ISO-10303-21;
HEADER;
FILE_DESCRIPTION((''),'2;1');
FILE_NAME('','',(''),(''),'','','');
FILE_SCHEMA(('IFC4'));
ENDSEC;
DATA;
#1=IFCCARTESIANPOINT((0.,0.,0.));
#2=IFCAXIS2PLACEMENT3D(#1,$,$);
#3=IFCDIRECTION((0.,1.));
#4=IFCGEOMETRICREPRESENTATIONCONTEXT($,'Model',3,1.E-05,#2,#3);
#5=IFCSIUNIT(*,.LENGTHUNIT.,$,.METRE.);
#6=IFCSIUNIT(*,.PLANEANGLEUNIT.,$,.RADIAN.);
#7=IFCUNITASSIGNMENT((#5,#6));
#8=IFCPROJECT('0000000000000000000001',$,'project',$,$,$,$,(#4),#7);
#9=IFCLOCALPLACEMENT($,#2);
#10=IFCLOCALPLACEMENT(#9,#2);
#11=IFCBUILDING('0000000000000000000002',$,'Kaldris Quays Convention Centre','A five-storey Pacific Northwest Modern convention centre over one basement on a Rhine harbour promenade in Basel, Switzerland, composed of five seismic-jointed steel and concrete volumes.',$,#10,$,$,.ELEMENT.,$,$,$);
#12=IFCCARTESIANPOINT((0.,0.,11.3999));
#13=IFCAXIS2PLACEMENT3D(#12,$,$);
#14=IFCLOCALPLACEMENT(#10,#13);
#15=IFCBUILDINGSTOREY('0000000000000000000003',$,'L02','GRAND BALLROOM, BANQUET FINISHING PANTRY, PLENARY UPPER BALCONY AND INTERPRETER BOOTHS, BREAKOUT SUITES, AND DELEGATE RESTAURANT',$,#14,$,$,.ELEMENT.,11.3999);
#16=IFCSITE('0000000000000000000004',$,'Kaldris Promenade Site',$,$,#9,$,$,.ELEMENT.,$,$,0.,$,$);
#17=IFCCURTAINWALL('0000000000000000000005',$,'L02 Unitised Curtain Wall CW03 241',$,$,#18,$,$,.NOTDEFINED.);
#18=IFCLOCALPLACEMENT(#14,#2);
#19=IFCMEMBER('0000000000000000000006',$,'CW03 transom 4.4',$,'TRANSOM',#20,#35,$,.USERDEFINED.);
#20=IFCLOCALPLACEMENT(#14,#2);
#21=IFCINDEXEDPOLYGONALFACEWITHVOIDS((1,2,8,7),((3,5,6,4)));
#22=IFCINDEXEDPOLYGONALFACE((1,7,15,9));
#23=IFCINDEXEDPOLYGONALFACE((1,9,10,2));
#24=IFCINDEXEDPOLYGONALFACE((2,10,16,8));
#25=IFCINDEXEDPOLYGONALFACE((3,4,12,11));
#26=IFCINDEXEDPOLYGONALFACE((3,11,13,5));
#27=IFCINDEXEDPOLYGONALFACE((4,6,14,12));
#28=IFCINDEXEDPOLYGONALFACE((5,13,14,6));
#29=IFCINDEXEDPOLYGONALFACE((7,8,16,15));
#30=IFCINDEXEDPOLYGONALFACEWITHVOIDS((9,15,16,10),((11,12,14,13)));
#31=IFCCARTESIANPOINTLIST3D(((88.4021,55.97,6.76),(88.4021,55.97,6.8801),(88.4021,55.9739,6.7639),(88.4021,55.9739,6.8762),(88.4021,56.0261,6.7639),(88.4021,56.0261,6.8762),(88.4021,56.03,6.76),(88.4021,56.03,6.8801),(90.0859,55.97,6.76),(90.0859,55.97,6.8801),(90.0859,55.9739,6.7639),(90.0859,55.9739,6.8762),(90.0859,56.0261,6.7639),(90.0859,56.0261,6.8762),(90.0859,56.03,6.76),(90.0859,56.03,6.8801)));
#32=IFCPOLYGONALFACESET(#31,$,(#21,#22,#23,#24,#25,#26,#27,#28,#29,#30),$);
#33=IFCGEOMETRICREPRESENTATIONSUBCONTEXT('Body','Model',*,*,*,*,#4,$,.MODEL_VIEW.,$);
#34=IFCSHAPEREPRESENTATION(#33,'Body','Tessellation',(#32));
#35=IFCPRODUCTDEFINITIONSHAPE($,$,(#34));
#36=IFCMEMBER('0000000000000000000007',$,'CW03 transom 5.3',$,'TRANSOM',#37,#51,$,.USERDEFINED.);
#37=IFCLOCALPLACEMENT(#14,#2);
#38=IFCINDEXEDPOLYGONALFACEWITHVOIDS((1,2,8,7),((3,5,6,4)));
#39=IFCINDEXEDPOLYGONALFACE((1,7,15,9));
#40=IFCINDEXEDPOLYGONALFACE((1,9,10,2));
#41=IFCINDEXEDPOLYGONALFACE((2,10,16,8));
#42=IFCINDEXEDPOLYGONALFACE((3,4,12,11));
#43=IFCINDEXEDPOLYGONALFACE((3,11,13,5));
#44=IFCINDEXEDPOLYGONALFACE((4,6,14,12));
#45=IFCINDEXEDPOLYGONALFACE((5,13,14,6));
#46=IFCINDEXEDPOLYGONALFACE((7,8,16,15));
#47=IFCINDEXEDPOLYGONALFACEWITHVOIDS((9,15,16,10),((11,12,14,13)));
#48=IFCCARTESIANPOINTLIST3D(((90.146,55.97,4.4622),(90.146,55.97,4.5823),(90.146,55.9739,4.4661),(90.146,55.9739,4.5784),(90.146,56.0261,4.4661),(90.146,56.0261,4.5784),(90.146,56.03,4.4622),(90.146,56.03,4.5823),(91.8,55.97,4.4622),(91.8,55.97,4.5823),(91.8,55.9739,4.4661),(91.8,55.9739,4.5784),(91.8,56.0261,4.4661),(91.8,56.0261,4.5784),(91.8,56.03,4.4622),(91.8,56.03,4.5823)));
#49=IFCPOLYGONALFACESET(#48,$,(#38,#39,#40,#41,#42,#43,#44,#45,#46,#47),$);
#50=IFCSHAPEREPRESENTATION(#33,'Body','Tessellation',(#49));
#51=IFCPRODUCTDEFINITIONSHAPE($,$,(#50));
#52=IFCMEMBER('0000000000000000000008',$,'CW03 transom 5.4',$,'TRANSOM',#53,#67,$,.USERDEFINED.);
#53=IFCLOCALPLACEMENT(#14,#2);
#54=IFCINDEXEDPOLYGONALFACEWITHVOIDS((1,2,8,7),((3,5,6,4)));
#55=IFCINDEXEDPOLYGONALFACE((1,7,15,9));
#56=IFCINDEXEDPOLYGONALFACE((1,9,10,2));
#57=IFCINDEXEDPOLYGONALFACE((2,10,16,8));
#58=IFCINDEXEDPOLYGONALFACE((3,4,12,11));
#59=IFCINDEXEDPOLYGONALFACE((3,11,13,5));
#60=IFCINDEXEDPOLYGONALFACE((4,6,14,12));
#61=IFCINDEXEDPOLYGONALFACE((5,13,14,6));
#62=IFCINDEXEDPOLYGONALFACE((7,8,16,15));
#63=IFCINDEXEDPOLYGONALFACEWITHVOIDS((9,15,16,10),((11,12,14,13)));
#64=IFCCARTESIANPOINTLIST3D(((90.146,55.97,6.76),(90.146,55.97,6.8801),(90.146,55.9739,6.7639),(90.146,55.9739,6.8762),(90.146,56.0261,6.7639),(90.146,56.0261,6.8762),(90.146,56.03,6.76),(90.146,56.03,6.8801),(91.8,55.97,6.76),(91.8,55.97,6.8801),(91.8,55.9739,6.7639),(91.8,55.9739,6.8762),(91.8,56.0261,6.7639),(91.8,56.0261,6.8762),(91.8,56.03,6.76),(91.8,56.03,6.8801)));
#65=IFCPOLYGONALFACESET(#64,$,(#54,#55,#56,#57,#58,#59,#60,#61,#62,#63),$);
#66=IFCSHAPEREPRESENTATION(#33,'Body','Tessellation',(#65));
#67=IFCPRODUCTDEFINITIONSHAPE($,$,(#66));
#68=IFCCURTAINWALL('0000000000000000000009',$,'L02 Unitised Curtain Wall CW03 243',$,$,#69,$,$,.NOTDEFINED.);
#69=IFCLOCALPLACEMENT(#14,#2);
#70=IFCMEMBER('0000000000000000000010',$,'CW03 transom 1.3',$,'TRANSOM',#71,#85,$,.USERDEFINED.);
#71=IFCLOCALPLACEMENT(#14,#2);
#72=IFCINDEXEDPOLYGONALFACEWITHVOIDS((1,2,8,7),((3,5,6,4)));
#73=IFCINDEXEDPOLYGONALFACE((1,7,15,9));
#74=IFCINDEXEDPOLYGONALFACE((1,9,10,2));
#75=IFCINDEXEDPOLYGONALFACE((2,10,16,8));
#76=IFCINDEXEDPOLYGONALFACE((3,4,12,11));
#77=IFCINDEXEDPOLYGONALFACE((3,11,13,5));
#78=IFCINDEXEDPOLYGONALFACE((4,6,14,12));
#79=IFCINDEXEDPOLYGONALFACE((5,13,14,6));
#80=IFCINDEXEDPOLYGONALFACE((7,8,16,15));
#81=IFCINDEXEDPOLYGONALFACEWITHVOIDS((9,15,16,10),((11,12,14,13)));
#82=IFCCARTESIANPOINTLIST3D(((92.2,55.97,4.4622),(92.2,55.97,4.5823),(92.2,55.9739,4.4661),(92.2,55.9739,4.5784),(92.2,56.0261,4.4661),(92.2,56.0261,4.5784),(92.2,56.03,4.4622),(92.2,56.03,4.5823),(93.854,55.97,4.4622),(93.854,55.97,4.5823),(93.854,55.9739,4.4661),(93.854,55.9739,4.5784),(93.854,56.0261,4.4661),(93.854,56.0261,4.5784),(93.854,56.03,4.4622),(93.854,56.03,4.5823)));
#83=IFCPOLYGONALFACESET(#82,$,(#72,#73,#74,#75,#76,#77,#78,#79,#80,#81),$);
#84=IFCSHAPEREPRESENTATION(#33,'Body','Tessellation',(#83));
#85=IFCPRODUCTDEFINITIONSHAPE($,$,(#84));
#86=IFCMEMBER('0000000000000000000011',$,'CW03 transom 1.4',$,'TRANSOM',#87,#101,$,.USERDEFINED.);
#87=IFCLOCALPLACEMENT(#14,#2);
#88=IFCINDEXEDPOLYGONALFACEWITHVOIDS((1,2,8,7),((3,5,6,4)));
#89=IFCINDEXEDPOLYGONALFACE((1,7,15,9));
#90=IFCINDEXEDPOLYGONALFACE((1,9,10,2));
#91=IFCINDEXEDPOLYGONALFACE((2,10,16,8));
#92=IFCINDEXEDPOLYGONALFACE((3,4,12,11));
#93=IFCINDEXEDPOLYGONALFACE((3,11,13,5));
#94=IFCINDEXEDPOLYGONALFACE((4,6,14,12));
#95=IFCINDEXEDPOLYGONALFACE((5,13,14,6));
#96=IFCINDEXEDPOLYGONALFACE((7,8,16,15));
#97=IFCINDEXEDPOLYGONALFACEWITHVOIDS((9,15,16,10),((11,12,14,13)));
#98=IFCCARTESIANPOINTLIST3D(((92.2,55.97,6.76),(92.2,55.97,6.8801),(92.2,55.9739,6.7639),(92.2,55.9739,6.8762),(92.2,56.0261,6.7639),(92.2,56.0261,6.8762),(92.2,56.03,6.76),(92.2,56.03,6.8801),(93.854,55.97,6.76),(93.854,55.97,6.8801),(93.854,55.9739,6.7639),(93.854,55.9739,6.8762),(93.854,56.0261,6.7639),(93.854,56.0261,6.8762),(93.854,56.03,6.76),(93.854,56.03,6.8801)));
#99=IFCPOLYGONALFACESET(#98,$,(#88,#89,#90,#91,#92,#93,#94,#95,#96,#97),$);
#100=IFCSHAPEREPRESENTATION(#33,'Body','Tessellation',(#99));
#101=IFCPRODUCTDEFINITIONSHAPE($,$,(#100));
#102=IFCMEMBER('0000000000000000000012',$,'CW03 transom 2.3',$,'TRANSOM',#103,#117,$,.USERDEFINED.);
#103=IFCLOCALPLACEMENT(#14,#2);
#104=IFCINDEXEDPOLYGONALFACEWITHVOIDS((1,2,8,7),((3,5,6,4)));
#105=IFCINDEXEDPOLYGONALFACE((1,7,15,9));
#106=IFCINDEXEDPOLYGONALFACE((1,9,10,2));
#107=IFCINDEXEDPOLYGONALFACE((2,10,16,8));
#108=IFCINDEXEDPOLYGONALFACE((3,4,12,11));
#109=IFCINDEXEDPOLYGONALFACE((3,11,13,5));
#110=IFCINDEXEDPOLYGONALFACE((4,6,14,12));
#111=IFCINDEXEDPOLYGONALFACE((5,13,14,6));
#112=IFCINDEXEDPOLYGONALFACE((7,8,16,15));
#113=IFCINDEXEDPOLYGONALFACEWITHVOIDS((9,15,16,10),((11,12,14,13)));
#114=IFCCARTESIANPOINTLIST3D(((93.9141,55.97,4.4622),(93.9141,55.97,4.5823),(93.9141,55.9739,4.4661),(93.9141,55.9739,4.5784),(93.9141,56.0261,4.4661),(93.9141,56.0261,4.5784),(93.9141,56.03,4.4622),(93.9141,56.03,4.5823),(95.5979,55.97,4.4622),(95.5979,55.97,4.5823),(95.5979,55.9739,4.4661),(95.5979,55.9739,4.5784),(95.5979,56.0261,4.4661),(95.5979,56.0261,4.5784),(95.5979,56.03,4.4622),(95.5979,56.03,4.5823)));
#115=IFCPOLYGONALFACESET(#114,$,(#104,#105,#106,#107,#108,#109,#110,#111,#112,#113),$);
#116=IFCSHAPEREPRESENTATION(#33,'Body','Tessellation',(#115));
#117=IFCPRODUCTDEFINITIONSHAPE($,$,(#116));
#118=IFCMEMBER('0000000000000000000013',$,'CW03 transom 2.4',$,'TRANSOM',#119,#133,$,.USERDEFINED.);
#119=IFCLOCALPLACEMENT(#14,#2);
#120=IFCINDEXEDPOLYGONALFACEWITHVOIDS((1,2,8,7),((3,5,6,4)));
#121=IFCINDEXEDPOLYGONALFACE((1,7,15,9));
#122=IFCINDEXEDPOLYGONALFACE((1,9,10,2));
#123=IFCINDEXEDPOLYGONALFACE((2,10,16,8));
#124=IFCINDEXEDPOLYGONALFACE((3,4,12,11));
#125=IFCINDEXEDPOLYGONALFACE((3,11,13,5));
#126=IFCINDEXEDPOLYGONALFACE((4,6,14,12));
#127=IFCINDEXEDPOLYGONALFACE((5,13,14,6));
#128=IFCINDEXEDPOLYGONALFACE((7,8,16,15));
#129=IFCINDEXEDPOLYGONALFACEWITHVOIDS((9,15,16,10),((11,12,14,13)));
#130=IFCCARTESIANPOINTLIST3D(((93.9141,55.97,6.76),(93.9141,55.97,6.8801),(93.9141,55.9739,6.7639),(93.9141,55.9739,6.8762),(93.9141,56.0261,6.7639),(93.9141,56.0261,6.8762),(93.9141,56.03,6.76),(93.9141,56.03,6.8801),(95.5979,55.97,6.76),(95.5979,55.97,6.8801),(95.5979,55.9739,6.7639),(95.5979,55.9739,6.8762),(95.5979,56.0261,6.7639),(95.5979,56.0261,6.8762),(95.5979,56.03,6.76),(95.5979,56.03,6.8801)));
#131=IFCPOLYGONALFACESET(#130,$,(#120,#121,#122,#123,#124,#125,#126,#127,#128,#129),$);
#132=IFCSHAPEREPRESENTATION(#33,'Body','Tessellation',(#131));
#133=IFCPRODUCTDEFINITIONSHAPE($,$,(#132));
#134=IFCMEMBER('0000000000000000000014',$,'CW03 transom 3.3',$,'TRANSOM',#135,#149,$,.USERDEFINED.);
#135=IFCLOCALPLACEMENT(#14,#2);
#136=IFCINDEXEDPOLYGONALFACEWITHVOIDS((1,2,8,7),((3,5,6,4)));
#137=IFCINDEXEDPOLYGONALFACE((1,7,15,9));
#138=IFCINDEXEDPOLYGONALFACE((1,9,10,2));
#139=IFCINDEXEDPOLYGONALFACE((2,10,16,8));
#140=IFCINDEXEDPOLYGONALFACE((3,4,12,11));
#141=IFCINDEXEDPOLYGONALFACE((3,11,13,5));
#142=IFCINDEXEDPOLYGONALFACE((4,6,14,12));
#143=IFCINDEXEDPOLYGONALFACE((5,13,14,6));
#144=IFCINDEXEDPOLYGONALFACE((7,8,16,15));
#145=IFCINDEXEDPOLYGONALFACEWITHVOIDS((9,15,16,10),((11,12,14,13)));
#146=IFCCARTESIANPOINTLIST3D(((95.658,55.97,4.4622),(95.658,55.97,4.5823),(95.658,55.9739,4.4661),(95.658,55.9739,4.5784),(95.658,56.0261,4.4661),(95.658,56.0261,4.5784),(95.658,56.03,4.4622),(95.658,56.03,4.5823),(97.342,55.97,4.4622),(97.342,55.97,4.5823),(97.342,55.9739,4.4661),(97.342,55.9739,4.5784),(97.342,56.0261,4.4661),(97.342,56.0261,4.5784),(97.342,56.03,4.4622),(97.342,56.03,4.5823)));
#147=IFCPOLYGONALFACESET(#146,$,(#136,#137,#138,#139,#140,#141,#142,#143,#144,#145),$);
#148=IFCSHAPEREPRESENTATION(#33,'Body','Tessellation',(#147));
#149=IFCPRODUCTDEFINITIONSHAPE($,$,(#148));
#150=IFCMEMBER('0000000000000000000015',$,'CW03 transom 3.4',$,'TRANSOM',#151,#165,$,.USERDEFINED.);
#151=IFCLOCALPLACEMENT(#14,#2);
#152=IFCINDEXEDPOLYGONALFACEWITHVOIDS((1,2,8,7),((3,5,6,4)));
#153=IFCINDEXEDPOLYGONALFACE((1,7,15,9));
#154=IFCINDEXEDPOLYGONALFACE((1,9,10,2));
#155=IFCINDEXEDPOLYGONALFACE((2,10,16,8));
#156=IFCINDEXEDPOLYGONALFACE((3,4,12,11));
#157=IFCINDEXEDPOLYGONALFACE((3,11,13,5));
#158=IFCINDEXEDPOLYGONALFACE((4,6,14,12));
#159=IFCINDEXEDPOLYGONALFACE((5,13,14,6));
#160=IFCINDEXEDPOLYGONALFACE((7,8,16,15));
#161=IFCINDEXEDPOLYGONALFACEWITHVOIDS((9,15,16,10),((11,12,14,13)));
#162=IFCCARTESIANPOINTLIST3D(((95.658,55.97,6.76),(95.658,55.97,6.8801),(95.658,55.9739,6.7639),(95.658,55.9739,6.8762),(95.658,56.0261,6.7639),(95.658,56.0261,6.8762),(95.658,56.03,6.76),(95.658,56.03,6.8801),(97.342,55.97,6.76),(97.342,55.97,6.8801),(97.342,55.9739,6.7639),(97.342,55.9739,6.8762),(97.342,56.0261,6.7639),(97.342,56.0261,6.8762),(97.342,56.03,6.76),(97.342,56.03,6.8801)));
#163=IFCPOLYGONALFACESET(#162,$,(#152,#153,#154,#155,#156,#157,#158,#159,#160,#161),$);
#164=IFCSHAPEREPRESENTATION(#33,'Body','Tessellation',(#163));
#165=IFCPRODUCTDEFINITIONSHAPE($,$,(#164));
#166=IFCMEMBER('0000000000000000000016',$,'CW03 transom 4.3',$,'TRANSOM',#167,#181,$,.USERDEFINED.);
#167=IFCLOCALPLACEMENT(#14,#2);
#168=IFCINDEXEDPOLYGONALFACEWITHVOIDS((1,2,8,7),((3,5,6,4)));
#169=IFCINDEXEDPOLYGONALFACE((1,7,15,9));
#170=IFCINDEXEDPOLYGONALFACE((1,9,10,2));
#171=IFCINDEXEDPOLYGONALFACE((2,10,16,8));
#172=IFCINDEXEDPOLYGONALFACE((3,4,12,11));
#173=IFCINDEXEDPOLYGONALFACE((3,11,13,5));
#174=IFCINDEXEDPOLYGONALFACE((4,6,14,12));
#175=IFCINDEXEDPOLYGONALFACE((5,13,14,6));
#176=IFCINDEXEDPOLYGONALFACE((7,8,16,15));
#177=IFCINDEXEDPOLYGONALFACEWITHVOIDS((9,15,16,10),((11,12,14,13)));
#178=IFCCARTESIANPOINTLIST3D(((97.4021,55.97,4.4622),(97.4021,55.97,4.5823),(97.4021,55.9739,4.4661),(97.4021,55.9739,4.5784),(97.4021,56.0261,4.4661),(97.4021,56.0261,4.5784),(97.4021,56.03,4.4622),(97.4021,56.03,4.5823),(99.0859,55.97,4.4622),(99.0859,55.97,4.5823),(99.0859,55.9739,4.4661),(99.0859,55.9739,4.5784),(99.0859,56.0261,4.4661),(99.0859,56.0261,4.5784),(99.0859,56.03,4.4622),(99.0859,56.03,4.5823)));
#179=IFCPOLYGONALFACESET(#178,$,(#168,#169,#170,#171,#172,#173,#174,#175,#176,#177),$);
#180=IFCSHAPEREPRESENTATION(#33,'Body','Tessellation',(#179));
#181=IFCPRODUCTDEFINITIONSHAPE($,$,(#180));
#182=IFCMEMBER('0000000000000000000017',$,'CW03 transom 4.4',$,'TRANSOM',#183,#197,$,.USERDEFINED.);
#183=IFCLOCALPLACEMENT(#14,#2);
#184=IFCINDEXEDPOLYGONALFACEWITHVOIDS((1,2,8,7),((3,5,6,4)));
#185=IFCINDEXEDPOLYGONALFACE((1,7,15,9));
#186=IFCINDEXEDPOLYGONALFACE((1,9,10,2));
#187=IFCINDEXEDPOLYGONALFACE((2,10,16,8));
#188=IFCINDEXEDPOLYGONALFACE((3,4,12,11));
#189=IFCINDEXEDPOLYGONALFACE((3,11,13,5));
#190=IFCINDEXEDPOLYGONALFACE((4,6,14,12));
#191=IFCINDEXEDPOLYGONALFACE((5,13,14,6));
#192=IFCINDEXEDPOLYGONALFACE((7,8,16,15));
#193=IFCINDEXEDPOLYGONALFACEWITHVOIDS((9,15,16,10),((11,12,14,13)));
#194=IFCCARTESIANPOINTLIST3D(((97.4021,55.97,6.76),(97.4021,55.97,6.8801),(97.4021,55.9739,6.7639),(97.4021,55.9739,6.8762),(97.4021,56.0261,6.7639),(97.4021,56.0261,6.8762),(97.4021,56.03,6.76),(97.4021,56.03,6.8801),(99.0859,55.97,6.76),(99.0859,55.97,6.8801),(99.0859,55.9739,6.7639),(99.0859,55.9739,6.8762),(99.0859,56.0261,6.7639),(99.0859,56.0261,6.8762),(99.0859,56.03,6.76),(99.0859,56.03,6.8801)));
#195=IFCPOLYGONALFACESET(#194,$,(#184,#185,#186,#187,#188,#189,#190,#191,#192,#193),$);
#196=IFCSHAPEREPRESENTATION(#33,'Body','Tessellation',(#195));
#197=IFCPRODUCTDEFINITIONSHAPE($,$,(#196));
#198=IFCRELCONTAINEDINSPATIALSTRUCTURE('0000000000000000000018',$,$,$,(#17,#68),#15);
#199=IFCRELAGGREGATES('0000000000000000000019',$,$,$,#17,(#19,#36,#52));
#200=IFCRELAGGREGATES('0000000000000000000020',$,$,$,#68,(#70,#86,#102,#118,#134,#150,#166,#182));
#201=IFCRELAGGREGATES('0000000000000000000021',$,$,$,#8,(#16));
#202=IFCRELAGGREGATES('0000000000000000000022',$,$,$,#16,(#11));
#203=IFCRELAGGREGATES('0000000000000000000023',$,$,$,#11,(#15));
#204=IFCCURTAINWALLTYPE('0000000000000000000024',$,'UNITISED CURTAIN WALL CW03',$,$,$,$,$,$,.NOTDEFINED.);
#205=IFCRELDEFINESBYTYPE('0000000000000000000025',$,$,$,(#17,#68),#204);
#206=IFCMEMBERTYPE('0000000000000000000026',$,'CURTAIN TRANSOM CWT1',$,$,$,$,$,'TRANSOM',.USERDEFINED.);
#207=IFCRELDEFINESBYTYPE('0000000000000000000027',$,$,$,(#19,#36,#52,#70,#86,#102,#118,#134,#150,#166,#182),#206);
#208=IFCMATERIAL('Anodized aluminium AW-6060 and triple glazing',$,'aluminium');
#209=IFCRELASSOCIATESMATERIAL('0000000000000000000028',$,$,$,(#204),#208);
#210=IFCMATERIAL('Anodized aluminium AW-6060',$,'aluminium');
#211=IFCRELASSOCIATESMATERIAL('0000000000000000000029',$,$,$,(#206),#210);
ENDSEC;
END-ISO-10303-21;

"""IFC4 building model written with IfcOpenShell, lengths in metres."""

from ifc_helpers import new_model, si_unit, direction, frame, origin, origin_2d, place, context, subcontext, project, spatial, hollow_rectangle, extrude, material, material_profile, profile_set, type_object, element, aggregate, save


model = new_model("IFC4")

# Units and contexts
model_context = context("Model", 3, precision=1e-05, world=origin(), true_north=direction((0.0, 1.0)))
body_context = subcontext(model_context, "Body", "Model", "MODEL_VIEW")
ifc_project = project(units=[si_unit("LENGTHUNIT", "METRE"), si_unit("PLANEANGLEUNIT", "RADIAN")], contexts=[model_context])

# Site, building, storey
site_placement = place(None, origin())
site = spatial("IfcSite", under=ifc_project, at=site_placement, Name="Kaldris Promenade Site", CompositionType="ELEMENT", RefElevation=0.0)
building_placement = place(site_placement, origin())
building = spatial("IfcBuilding", under=site, at=building_placement, Name="Kaldris Quays Convention Centre", Description="A five-storey Pacific Northwest Modern convention centre over one basement on a Rhine harbour promenade in Basel, Switzerland, composed of five seismic-jointed steel and concrete volumes.", CompositionType="ELEMENT")
storey_placement = place(building_placement, frame((0.0, 0.0, 11.3999)))
storey = spatial("IfcBuildingStorey", under=building, at=storey_placement, Name="L02", Description="GRAND BALLROOM, BANQUET FINISHING PANTRY, PLENARY UPPER BALCONY AND INTERPRETER BOOTHS, BREAKOUT SUITES, AND DELEGATE RESTAURANT", CompositionType="ELEMENT", Elevation=11.3999)

# Curtain walls, members
ifc_material_1 = material(Name="Anodized aluminium AW-6060 and triple glazing", Category="aluminium")
curtain_wall_type = type_object("IfcCurtainWallType", Name="UNITISED CURTAIN WALL CW03", PredefinedType="NOTDEFINED", material=ifc_material_1)
curtain_wall_1_placement = place(storey_placement, origin())
curtain_wall_1 = element("IfcCurtainWall", 1, at=curtain_wall_1_placement, inside=storey, type_object=curtain_wall_type, Name="L02 Unitised Curtain Wall CW03 241", PredefinedType="NOTDEFINED")
ifc_material_2 = material(Name="Anodized aluminium AW-6060", Category="aluminium")
ifc_material_profile_1 = material_profile(ifc_material_2, hollow_rectangle(XDim=0.0601, YDim=0.1201, WallThickness=0.0039, at=origin_2d()), Name="RHS 120x60x4")
ifc_profile_set_1 = profile_set([ifc_material_profile_1], Name="Anodized aluminium AW-6060")
member_type_1 = type_object("IfcMemberType", Name="CURTAIN TRANSOM CWT1", ElementType="TRANSOM", PredefinedType="USERDEFINED", material=ifc_profile_set_1)
member_1_placement = place(storey_placement, frame((88.4021, 56.0, 6.8201), z_axis=(1.0, 0.0, 0.0), x_axis=(0.0, 1.0, 0.0)))
member_1 = element("IfcMember", 2, at=member_1_placement, type_object=member_type_1, Name="CW03 transom 4.4", ObjectType="TRANSOM", PredefinedType="USERDEFINED", context=body_context, shape_type="SweptSolid", body=[
    extrude(hollow_rectangle(XDim=0.0601, YDim=0.1201, WallThickness=0.0039, at=origin_2d()), origin(), (0.0, 0.0, 1.0), 1.6838),
])
member_2_placement = place(storey_placement, frame((90.146, 56.0, 4.5222), z_axis=(1.0, 0.0, 0.0), x_axis=(0.0, 1.0, 0.0)))
member_2 = element("IfcMember", 3, at=member_2_placement, type_object=member_type_1, Name="CW03 transom 5.3", ObjectType="TRANSOM", PredefinedType="USERDEFINED", context=body_context, shape_type="SweptSolid", body=[
    extrude(hollow_rectangle(XDim=0.0601, YDim=0.1201, WallThickness=0.0039, at=origin_2d()), origin(), (0.0, 0.0, 1.0), 1.6541),
])
member_3_placement = place(storey_placement, frame((90.146, 56.0, 6.8201), z_axis=(1.0, 0.0, 0.0), x_axis=(0.0, 1.0, 0.0)))
member_3 = element("IfcMember", 4, at=member_3_placement, type_object=member_type_1, Name="CW03 transom 5.4", ObjectType="TRANSOM", PredefinedType="USERDEFINED", context=body_context, shape_type="SweptSolid", body=[
    extrude(hollow_rectangle(XDim=0.0601, YDim=0.1201, WallThickness=0.0039, at=origin_2d()), origin(), (0.0, 0.0, 1.0), 1.6541),
])
curtain_wall_2_placement = place(storey_placement, origin())
curtain_wall_2 = element("IfcCurtainWall", 5, at=curtain_wall_2_placement, inside=storey, type_object=curtain_wall_type, Name="L02 Unitised Curtain Wall CW03 243", PredefinedType="NOTDEFINED")
member_4_placement = place(storey_placement, frame((92.2, 56.0, 4.5222), z_axis=(1.0, 0.0, 0.0), x_axis=(0.0, 1.0, 0.0)))
member_4 = element("IfcMember", 6, at=member_4_placement, type_object=member_type_1, Name="CW03 transom 1.3", ObjectType="TRANSOM", PredefinedType="USERDEFINED", context=body_context, shape_type="SweptSolid", body=[
    extrude(hollow_rectangle(XDim=0.0601, YDim=0.1201, WallThickness=0.0039, at=origin_2d()), origin(), (0.0, 0.0, 1.0), 1.6541),
])
member_5_placement = place(storey_placement, frame((92.2, 56.0, 6.8201), z_axis=(1.0, 0.0, 0.0), x_axis=(0.0, 1.0, 0.0)))
member_5 = element("IfcMember", 7, at=member_5_placement, type_object=member_type_1, Name="CW03 transom 1.4", ObjectType="TRANSOM", PredefinedType="USERDEFINED", context=body_context, shape_type="SweptSolid", body=[
    extrude(hollow_rectangle(XDim=0.0601, YDim=0.1201, WallThickness=0.0039, at=origin_2d()), origin(), (0.0, 0.0, 1.0), 1.6541),
])
member_6_placement = place(storey_placement, frame((93.9141, 56.0, 4.5222), z_axis=(1.0, 0.0, 0.0), x_axis=(0.0, 1.0, 0.0)))
member_6 = element("IfcMember", 8, at=member_6_placement, type_object=member_type_1, Name="CW03 transom 2.3", ObjectType="TRANSOM", PredefinedType="USERDEFINED", context=body_context, shape_type="SweptSolid", body=[
    extrude(hollow_rectangle(XDim=0.0601, YDim=0.1201, WallThickness=0.0039, at=origin_2d()), origin(), (0.0, 0.0, 1.0), 1.6838),
])
member_7_placement = place(storey_placement, frame((93.9141, 56.0, 6.8201), z_axis=(1.0, 0.0, 0.0), x_axis=(0.0, 1.0, 0.0)))
member_7 = element("IfcMember", 9, at=member_7_placement, type_object=member_type_1, Name="CW03 transom 2.4", ObjectType="TRANSOM", PredefinedType="USERDEFINED", context=body_context, shape_type="SweptSolid", body=[
    extrude(hollow_rectangle(XDim=0.0601, YDim=0.1201, WallThickness=0.0039, at=origin_2d()), origin(), (0.0, 0.0, 1.0), 1.6838),
])
member_8_placement = place(storey_placement, frame((95.658, 56.0, 4.5222), z_axis=(1.0, 0.0, 0.0), x_axis=(0.0, 1.0, 0.0)))
member_8 = element("IfcMember", 10, at=member_8_placement, type_object=member_type_1, Name="CW03 transom 3.3", ObjectType="TRANSOM", PredefinedType="USERDEFINED", context=body_context, shape_type="SweptSolid", body=[
    extrude(hollow_rectangle(XDim=0.0601, YDim=0.1201, WallThickness=0.0039, at=origin_2d()), origin(), (0.0, 0.0, 1.0), 1.6841),
])
member_9_placement = place(storey_placement, frame((95.658, 56.0, 6.8201), z_axis=(1.0, 0.0, 0.0), x_axis=(0.0, 1.0, 0.0)))
member_9 = element("IfcMember", 11, at=member_9_placement, type_object=member_type_1, Name="CW03 transom 3.4", ObjectType="TRANSOM", PredefinedType="USERDEFINED", context=body_context, shape_type="SweptSolid", body=[
    extrude(hollow_rectangle(XDim=0.0601, YDim=0.1201, WallThickness=0.0039, at=origin_2d()), origin(), (0.0, 0.0, 1.0), 1.6841),
])
member_10_placement = place(storey_placement, frame((97.4021, 56.0, 4.5222), z_axis=(1.0, 0.0, 0.0), x_axis=(0.0, 1.0, 0.0)))
member_10 = element("IfcMember", 12, at=member_10_placement, type_object=member_type_1, Name="CW03 transom 4.3", ObjectType="TRANSOM", PredefinedType="USERDEFINED", context=body_context, shape_type="SweptSolid", body=[
    extrude(hollow_rectangle(XDim=0.0601, YDim=0.1201, WallThickness=0.0039, at=origin_2d()), origin(), (0.0, 0.0, 1.0), 1.6838),
])
member_11_placement = place(storey_placement, frame((97.4021, 56.0, 6.8201), z_axis=(1.0, 0.0, 0.0), x_axis=(0.0, 1.0, 0.0)))
member_11 = element("IfcMember", 13, at=member_11_placement, type_object=member_type_1, Name="CW03 transom 4.4", ObjectType="TRANSOM", PredefinedType="USERDEFINED", context=body_context, shape_type="SweptSolid", body=[
    extrude(hollow_rectangle(XDim=0.0601, YDim=0.1201, WallThickness=0.0039, at=origin_2d()), origin(), (0.0, 0.0, 1.0), 1.6838),
])

aggregate(curtain_wall_1, [member_1, member_2, member_3])
aggregate(curtain_wall_2, [member_4, member_5, member_6, member_7, member_8, member_9, member_10, member_11])

save(model, "model.ifc")
